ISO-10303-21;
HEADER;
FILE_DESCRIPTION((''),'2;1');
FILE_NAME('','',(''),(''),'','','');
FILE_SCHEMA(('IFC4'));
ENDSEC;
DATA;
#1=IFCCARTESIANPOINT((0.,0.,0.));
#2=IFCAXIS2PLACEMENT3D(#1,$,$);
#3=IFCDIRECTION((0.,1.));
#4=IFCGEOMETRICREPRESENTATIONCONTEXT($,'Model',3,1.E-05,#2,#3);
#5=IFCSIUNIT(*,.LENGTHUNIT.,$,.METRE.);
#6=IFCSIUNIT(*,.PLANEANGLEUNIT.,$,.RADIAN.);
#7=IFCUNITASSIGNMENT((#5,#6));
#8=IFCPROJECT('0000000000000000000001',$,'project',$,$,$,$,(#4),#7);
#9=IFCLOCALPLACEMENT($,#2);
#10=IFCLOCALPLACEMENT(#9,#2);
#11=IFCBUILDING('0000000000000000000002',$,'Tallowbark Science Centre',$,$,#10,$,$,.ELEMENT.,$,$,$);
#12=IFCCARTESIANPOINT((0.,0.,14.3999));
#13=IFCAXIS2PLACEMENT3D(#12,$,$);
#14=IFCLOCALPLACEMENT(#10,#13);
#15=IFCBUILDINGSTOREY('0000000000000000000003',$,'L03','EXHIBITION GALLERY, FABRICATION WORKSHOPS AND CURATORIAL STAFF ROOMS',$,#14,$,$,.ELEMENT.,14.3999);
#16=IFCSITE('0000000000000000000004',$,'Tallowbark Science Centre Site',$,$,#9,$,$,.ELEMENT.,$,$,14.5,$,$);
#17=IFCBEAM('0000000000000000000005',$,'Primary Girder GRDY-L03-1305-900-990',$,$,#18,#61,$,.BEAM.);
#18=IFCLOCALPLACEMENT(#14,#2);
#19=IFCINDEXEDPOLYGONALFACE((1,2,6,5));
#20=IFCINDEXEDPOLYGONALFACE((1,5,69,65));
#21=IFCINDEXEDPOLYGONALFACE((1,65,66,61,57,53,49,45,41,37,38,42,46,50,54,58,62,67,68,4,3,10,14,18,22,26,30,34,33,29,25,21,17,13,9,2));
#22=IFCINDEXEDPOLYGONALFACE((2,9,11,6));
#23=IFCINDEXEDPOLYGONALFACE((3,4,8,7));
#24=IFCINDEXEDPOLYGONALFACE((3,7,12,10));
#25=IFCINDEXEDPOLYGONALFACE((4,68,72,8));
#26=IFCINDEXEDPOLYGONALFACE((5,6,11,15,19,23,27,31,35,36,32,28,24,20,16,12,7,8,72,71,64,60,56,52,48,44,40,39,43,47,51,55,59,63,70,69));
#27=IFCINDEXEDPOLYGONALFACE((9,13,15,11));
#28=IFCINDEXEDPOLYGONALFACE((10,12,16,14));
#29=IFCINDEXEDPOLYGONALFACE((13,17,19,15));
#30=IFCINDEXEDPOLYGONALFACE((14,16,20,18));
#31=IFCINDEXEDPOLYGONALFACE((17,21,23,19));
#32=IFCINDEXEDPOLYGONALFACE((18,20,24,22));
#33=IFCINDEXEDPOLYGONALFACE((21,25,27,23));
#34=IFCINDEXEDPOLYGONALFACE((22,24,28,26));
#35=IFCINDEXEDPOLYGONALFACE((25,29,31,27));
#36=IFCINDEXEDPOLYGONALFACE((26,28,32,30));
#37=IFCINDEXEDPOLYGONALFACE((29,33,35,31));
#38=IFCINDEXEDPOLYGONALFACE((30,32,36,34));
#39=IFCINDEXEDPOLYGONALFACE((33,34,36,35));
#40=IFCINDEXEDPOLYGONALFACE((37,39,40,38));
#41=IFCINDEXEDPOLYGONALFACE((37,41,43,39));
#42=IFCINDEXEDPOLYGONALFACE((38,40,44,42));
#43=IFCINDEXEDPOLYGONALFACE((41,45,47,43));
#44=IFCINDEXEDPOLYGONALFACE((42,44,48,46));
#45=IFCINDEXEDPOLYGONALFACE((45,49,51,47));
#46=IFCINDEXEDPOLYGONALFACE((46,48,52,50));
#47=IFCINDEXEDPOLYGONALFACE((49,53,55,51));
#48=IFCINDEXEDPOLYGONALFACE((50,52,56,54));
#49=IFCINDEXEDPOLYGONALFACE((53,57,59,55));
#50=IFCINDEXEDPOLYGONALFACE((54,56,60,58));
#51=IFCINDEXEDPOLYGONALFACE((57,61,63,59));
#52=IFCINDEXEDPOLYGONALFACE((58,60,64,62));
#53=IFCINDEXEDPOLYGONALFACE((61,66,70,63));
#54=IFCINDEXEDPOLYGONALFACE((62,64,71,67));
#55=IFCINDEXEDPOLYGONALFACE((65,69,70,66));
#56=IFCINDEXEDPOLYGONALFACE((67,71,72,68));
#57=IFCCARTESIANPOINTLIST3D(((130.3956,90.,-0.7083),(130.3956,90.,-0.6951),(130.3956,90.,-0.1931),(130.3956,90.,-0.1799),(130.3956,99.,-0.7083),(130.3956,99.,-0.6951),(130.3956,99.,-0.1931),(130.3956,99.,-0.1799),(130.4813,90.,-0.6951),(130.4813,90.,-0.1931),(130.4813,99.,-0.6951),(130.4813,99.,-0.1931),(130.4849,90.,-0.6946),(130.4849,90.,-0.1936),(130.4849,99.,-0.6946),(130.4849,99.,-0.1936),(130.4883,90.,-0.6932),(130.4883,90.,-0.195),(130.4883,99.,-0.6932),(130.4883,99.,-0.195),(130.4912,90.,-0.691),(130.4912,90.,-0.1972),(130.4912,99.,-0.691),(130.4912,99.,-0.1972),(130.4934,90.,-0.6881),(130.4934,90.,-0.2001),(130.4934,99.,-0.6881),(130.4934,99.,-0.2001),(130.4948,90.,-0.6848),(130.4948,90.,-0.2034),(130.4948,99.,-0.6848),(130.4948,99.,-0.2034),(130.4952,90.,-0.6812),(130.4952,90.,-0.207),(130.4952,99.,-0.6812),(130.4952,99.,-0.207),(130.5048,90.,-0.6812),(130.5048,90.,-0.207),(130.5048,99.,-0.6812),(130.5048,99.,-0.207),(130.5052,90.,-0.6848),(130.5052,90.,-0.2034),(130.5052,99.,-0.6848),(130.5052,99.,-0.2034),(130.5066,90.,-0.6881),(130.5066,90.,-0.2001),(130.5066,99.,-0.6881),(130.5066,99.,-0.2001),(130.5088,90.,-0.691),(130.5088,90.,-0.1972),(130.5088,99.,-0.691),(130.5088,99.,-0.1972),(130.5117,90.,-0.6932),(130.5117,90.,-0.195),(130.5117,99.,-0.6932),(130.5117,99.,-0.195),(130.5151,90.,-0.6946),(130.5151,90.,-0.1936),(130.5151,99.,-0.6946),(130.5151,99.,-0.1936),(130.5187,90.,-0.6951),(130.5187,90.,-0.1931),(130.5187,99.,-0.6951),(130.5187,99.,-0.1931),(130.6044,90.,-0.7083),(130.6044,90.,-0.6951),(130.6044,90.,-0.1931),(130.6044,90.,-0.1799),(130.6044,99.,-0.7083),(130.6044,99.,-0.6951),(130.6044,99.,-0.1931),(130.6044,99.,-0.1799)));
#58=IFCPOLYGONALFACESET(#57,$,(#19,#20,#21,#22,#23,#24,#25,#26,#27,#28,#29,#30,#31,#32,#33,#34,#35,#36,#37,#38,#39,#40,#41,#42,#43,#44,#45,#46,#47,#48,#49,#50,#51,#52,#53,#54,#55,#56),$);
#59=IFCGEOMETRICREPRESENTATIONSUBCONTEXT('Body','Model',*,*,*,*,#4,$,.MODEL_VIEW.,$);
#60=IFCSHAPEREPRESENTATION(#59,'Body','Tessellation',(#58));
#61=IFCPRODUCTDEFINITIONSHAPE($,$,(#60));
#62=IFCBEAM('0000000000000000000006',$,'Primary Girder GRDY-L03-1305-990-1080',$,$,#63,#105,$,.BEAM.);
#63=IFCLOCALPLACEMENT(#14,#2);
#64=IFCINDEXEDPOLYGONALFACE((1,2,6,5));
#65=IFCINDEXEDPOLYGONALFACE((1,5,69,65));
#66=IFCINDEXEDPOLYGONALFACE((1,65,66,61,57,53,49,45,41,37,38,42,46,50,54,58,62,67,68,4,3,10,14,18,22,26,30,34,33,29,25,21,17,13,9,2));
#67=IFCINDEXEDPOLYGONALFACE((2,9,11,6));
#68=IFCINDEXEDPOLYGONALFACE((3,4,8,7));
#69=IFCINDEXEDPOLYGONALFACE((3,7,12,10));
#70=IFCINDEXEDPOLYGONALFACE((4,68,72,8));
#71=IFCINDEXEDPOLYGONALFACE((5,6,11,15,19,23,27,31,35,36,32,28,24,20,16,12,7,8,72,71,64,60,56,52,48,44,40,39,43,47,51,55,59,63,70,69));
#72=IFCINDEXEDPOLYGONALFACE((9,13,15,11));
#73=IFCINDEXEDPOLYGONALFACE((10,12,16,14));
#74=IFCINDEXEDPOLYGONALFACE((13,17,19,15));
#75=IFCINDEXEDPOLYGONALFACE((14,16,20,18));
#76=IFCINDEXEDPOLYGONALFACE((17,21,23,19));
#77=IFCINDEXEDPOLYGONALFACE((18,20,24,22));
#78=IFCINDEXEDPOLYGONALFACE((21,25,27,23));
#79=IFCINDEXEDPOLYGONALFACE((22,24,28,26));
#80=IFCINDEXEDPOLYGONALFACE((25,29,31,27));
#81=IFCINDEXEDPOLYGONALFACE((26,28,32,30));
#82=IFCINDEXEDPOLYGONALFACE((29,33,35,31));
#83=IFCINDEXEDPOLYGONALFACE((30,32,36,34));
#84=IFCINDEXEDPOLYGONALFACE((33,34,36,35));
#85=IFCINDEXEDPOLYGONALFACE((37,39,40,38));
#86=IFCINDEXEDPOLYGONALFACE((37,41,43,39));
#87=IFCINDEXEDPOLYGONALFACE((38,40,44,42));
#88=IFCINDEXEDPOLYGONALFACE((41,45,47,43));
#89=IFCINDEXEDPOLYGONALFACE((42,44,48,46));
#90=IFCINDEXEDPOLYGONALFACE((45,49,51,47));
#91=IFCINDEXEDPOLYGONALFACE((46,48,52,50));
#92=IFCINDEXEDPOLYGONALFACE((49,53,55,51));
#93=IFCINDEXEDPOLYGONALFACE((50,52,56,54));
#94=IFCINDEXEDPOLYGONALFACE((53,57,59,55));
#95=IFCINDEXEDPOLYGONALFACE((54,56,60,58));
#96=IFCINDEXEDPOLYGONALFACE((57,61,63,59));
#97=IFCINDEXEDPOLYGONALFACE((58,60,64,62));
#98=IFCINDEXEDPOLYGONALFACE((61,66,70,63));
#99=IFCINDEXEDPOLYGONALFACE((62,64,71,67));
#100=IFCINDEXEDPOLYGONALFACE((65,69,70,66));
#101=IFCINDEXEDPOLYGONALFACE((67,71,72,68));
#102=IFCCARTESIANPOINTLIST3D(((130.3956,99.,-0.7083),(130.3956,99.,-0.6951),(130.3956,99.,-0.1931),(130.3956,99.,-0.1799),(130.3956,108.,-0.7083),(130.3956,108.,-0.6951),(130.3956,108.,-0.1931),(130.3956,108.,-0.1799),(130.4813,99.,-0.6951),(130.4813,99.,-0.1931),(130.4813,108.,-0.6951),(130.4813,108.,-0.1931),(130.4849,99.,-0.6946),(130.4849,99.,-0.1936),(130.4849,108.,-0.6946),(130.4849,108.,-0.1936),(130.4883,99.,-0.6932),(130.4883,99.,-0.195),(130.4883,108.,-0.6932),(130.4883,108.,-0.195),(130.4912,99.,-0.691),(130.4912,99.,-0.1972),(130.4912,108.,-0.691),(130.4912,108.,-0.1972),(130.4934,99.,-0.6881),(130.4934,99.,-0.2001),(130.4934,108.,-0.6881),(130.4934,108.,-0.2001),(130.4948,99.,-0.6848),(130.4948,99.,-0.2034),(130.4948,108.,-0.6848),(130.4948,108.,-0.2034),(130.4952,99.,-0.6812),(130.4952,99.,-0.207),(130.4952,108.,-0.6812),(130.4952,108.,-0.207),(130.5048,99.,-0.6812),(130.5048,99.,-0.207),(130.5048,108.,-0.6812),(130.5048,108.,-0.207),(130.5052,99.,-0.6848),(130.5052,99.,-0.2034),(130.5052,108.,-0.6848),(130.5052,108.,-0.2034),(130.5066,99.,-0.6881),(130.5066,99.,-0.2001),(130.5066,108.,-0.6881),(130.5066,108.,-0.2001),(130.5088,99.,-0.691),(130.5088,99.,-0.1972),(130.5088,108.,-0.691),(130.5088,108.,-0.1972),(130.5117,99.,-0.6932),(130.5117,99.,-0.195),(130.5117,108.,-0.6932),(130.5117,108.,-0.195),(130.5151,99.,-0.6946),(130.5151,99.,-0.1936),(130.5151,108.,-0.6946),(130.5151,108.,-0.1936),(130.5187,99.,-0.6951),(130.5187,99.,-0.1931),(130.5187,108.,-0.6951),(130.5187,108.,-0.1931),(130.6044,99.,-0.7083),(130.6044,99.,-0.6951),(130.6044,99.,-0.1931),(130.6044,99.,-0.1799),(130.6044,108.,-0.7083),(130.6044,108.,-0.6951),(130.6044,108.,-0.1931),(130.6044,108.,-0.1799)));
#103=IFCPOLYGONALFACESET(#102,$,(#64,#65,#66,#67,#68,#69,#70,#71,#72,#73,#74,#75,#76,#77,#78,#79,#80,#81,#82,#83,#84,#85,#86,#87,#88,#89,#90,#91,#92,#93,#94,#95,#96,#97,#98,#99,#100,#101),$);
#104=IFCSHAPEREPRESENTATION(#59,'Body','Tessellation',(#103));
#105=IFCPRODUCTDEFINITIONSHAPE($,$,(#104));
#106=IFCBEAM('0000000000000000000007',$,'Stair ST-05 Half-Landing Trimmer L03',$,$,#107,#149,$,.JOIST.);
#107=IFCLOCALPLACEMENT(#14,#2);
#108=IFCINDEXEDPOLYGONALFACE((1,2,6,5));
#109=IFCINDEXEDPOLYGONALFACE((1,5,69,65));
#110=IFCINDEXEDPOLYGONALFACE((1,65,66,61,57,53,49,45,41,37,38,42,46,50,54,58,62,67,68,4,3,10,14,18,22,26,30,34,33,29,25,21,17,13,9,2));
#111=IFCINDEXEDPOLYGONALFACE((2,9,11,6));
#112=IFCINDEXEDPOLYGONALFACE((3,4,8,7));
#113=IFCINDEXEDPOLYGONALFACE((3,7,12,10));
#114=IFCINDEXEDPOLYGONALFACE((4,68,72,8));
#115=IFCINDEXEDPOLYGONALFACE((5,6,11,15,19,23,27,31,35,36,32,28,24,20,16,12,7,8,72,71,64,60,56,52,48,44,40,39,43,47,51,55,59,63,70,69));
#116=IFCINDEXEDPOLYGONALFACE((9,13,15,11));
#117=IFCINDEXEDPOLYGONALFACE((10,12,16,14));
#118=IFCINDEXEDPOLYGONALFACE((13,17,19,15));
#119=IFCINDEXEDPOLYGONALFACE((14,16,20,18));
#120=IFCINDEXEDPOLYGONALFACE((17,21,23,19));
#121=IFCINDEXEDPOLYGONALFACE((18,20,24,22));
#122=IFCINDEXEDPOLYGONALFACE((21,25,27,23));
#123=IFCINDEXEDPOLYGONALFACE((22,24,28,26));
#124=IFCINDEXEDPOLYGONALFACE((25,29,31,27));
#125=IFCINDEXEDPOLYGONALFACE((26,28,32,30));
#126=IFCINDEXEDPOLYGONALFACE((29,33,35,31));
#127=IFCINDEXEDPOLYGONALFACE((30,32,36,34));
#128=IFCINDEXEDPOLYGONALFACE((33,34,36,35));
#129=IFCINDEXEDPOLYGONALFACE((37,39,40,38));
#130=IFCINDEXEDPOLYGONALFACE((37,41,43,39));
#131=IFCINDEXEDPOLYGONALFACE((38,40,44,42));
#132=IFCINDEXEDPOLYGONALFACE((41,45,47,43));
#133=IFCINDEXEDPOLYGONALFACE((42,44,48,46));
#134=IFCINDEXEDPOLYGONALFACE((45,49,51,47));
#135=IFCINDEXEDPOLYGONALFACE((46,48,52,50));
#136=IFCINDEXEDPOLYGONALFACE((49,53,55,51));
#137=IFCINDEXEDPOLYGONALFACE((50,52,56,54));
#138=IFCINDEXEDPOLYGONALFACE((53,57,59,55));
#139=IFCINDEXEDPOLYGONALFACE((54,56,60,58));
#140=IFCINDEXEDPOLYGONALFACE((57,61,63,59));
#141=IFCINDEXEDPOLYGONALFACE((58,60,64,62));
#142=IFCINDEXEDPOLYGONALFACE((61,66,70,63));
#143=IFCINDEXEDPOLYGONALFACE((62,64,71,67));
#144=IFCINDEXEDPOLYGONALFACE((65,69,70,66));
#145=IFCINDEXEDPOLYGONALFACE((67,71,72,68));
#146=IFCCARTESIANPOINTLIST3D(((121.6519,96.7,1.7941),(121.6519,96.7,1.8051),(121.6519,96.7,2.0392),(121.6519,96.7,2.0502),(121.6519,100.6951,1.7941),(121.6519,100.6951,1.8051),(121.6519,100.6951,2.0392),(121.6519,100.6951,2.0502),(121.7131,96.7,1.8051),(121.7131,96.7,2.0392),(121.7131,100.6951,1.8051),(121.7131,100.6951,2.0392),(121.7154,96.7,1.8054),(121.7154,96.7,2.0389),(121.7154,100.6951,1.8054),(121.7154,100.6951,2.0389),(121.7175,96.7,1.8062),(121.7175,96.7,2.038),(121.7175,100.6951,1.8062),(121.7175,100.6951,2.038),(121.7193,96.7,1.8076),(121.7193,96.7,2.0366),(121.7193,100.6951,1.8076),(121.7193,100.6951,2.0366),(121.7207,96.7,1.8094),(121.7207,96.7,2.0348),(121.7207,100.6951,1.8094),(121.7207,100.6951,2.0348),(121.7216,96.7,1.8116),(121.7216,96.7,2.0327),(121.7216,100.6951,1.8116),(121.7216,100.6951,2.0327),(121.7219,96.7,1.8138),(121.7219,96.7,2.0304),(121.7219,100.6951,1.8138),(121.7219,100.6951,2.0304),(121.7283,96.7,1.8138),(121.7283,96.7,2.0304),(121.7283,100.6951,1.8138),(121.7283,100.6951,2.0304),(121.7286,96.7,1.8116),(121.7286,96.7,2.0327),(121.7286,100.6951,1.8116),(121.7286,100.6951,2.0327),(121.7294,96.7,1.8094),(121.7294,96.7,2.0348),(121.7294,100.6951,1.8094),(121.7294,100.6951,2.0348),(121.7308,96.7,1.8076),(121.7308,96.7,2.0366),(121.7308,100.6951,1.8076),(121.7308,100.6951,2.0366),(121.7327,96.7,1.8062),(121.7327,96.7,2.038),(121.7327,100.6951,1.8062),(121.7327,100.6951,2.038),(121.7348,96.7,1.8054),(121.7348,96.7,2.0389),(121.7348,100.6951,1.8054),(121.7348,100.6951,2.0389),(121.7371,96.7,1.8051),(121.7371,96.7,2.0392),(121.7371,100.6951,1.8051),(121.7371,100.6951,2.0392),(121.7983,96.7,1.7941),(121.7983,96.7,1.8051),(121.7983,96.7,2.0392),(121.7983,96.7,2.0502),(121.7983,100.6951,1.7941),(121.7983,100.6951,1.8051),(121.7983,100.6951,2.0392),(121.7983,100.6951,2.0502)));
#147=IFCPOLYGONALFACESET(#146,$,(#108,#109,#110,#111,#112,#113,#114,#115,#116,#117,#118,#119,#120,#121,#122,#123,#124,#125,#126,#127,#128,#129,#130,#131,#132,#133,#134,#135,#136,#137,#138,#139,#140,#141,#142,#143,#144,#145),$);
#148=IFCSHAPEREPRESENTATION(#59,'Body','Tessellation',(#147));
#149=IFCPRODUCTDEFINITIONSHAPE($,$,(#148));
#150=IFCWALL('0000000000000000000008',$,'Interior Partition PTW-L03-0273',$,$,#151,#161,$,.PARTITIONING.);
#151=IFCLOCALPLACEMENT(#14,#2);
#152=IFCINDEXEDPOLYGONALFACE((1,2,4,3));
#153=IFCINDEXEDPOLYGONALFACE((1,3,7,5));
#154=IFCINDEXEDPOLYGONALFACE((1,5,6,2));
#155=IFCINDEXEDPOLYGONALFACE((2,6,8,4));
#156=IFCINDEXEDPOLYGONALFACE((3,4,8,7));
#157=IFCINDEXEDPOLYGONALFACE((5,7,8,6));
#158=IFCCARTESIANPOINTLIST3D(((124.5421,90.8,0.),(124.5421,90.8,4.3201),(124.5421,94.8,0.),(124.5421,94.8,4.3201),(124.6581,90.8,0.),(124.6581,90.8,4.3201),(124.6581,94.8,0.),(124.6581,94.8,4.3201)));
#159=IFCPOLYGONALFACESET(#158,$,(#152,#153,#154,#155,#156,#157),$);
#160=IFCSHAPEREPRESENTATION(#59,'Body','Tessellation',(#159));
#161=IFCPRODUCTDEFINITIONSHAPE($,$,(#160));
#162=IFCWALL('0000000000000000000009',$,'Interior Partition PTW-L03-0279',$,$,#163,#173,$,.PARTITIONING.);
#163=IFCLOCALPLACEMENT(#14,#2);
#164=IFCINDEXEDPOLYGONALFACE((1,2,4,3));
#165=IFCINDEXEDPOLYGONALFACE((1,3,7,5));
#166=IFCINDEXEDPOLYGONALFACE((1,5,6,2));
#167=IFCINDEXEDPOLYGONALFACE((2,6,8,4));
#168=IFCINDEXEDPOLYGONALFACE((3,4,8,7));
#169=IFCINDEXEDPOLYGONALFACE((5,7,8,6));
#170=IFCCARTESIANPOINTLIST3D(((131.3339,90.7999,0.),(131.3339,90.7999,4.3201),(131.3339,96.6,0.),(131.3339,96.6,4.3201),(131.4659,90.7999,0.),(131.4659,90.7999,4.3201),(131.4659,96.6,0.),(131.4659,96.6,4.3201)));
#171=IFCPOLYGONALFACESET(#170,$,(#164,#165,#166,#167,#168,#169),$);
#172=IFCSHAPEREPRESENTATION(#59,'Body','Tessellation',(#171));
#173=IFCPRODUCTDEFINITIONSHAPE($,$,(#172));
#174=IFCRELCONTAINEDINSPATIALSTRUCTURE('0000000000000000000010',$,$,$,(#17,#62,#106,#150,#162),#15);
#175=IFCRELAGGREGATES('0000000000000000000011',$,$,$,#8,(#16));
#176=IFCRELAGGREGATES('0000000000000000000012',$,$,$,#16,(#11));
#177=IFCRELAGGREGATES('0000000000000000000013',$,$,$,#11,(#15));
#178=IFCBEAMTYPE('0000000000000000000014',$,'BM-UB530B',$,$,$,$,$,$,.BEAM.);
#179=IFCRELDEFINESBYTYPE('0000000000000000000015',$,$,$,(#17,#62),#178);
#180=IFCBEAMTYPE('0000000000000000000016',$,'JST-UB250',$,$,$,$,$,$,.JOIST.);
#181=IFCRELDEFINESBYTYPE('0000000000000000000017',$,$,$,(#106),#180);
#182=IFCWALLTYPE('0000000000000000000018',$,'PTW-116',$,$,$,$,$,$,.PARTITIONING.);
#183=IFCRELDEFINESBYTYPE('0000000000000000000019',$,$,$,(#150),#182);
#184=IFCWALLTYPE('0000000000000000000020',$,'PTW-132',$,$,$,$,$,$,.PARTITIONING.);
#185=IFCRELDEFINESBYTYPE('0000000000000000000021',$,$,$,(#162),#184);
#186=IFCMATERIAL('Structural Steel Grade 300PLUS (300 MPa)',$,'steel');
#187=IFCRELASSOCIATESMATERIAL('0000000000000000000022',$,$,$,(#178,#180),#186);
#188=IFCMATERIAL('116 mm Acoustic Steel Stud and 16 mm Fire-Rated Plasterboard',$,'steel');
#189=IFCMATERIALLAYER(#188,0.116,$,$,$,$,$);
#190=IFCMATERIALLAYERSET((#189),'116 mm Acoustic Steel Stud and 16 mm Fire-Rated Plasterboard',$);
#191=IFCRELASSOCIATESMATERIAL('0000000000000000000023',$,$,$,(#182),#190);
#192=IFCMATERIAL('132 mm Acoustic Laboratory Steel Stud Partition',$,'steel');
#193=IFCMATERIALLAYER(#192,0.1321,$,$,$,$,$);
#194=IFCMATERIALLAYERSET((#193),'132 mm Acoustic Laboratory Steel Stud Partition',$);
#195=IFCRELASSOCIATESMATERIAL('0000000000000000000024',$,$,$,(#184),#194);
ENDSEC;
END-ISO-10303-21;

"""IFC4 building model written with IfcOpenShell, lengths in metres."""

from ifc_helpers import new_model, si_unit, direction, frame, frame_2d, origin, origin_2d, place, context, subcontext, project, spatial, rectangle, i_section, extrude, material, layer, layer_set, material_profile, profile_set, type_object, element, save


model = new_model("IFC4")

# Units and contexts
model_context = context("Model", 3, precision=1e-05, world=origin(), true_north=direction((0.0, 1.0)))
body_context = subcontext(model_context, "Body", "Model", "MODEL_VIEW")
ifc_project = project(units=[si_unit("LENGTHUNIT", "METRE"), si_unit("PLANEANGLEUNIT", "RADIAN")], contexts=[model_context])

# Site, building, storey
site_placement = place(None, origin())
site = spatial("IfcSite", under=ifc_project, at=site_placement, Name="Tallowbark Science Centre Site", CompositionType="ELEMENT", RefElevation=14.5)
building_placement = place(site_placement, origin())
building = spatial("IfcBuilding", under=site, at=building_placement, Name="Tallowbark Science Centre", CompositionType="ELEMENT")
storey_placement = place(building_placement, frame((0.0, 0.0, 14.3999)))
storey = spatial("IfcBuildingStorey", under=building, at=storey_placement, Name="L03", Description="EXHIBITION GALLERY, FABRICATION WORKSHOPS AND CURATORIAL STAFF ROOMS", CompositionType="ELEMENT", Elevation=14.3999)

# Shared definitions
ifc_material_1 = material(Name="Structural Steel Grade 300PLUS (300 MPa)", Category="steel")

# Beams
ifc_material_profile_1 = material_profile(ifc_material_1, i_section(OverallWidth=0.2087, OverallDepth=0.5283, WebThickness=0.0095, FlangeThickness=0.0132, FilletRadius=0.0139, at=origin_2d()), Name="530UB82.0")
ifc_profile_set_1 = profile_set([ifc_material_profile_1], Name="Structural Steel Grade 300PLUS (300 MPa)")
beam_type_1 = type_object("IfcBeamType", Name="BM-UB530B", PredefinedType="BEAM", material=ifc_profile_set_1)
for number, where, z_axis, x_axis, name in (
    (1, (130.5, 90.0, -0.4441), (0.0, 1.0, 0.0), (-1.0, 0.0, 0.0), "Primary Girder GRDY-L03-1305-900-990"),
    (2, (130.5, 99.0, -0.4441), (0.0, 1.0, 0.0), (-1.0, 0.0, 0.0), "Primary Girder GRDY-L03-1305-990-1080"),
):
    element("IfcBeam", number, at=place(storey_placement, frame(where, z_axis=z_axis, x_axis=x_axis)), inside=storey, type_object=beam_type_1, Name=name, PredefinedType="BEAM", context=body_context, shape_type="SweptSolid", body=[
        extrude(i_section(OverallWidth=0.2087, OverallDepth=0.5283, WebThickness=0.0095, FlangeThickness=0.0132, FilletRadius=0.0139, at=origin_2d()), origin(), (0.0, 0.0, 1.0), 9.0),
    ])
ifc_material_profile_2 = material_profile(ifc_material_1, i_section(OverallWidth=0.1465, OverallDepth=0.2561, WebThickness=0.0063, FlangeThickness=0.011, FilletRadius=0.0088, at=origin_2d()), Name="250UB37.3")
ifc_profile_set_2 = profile_set([ifc_material_profile_2], Name="Structural Steel Grade 300PLUS (300 MPa)")
beam_type_2 = type_object("IfcBeamType", Name="JST-UB250", PredefinedType="JOIST", material=ifc_profile_set_2)
beam_1_placement = place(storey_placement, frame((121.7251, 96.7, 1.9221), z_axis=(0.0, 1.0, 0.0), x_axis=(-1.0, 0.0, 0.0)))
element("IfcBeam", 3, at=beam_1_placement, inside=storey, type_object=beam_type_2, Name="Stair ST-05 Half-Landing Trimmer L03", PredefinedType="JOIST", context=body_context, shape_type="SweptSolid", body=[
    extrude(i_section(OverallWidth=0.1465, OverallDepth=0.2561, WebThickness=0.0063, FlangeThickness=0.011, FilletRadius=0.0088, at=origin_2d()), origin(), (0.0, 0.0, 1.0), 3.9951),
])

# Walls
ifc_material_2 = material(Name="116 mm Acoustic Steel Stud and 16 mm Fire-Rated Plasterboard", Category="steel")
ifc_layer_1 = layer(ifc_material_2, 0.116)
ifc_layer_set_1 = layer_set([ifc_layer_1], Name="116 mm Acoustic Steel Stud and 16 mm Fire-Rated Plasterboard")
wall_type_1 = type_object("IfcWallType", Name="PTW-116", PredefinedType="PARTITIONING", material=ifc_layer_set_1)
wall_1_placement = place(storey_placement, frame((124.6001, 90.8, 0.0), z_axis=(0.0, 0.0, 1.0), x_axis=(0.0, 1.0, 0.0)))
element("IfcWall", 4, at=wall_1_placement, inside=storey, type_object=wall_type_1, Name="Interior Partition PTW-L03-0273", PredefinedType="PARTITIONING", context=body_context, shape_type="SweptSolid", body=[
    extrude(rectangle(XDim=4.0, YDim=0.116, at=frame_2d((2.0, 0.0))), origin(), (0.0, 0.0, 1.0), 4.3201),
])
ifc_material_3 = material(Name="132 mm Acoustic Laboratory Steel Stud Partition", Category="steel")
ifc_layer_2 = layer(ifc_material_3, 0.1321)
ifc_layer_set_2 = layer_set([ifc_layer_2], Name="132 mm Acoustic Laboratory Steel Stud Partition")
wall_type_2 = type_object("IfcWallType", Name="PTW-132", PredefinedType="PARTITIONING", material=ifc_layer_set_2)
wall_2_placement = place(storey_placement, frame((131.3999, 90.8, 0.0), z_axis=(0.0, 0.0, 1.0), x_axis=(0.0, 1.0, 0.0)))
element("IfcWall", 5, at=wall_2_placement, inside=storey, type_object=wall_type_2, Name="Interior Partition PTW-L03-0279", PredefinedType="PARTITIONING", context=body_context, shape_type="SweptSolid", body=[
    extrude(rectangle(XDim=5.8, YDim=0.1321, at=frame_2d((2.8999, 0.0))), origin(), (0.0, 0.0, 1.0), 4.3201),
])

save(model, "model.ifc")
